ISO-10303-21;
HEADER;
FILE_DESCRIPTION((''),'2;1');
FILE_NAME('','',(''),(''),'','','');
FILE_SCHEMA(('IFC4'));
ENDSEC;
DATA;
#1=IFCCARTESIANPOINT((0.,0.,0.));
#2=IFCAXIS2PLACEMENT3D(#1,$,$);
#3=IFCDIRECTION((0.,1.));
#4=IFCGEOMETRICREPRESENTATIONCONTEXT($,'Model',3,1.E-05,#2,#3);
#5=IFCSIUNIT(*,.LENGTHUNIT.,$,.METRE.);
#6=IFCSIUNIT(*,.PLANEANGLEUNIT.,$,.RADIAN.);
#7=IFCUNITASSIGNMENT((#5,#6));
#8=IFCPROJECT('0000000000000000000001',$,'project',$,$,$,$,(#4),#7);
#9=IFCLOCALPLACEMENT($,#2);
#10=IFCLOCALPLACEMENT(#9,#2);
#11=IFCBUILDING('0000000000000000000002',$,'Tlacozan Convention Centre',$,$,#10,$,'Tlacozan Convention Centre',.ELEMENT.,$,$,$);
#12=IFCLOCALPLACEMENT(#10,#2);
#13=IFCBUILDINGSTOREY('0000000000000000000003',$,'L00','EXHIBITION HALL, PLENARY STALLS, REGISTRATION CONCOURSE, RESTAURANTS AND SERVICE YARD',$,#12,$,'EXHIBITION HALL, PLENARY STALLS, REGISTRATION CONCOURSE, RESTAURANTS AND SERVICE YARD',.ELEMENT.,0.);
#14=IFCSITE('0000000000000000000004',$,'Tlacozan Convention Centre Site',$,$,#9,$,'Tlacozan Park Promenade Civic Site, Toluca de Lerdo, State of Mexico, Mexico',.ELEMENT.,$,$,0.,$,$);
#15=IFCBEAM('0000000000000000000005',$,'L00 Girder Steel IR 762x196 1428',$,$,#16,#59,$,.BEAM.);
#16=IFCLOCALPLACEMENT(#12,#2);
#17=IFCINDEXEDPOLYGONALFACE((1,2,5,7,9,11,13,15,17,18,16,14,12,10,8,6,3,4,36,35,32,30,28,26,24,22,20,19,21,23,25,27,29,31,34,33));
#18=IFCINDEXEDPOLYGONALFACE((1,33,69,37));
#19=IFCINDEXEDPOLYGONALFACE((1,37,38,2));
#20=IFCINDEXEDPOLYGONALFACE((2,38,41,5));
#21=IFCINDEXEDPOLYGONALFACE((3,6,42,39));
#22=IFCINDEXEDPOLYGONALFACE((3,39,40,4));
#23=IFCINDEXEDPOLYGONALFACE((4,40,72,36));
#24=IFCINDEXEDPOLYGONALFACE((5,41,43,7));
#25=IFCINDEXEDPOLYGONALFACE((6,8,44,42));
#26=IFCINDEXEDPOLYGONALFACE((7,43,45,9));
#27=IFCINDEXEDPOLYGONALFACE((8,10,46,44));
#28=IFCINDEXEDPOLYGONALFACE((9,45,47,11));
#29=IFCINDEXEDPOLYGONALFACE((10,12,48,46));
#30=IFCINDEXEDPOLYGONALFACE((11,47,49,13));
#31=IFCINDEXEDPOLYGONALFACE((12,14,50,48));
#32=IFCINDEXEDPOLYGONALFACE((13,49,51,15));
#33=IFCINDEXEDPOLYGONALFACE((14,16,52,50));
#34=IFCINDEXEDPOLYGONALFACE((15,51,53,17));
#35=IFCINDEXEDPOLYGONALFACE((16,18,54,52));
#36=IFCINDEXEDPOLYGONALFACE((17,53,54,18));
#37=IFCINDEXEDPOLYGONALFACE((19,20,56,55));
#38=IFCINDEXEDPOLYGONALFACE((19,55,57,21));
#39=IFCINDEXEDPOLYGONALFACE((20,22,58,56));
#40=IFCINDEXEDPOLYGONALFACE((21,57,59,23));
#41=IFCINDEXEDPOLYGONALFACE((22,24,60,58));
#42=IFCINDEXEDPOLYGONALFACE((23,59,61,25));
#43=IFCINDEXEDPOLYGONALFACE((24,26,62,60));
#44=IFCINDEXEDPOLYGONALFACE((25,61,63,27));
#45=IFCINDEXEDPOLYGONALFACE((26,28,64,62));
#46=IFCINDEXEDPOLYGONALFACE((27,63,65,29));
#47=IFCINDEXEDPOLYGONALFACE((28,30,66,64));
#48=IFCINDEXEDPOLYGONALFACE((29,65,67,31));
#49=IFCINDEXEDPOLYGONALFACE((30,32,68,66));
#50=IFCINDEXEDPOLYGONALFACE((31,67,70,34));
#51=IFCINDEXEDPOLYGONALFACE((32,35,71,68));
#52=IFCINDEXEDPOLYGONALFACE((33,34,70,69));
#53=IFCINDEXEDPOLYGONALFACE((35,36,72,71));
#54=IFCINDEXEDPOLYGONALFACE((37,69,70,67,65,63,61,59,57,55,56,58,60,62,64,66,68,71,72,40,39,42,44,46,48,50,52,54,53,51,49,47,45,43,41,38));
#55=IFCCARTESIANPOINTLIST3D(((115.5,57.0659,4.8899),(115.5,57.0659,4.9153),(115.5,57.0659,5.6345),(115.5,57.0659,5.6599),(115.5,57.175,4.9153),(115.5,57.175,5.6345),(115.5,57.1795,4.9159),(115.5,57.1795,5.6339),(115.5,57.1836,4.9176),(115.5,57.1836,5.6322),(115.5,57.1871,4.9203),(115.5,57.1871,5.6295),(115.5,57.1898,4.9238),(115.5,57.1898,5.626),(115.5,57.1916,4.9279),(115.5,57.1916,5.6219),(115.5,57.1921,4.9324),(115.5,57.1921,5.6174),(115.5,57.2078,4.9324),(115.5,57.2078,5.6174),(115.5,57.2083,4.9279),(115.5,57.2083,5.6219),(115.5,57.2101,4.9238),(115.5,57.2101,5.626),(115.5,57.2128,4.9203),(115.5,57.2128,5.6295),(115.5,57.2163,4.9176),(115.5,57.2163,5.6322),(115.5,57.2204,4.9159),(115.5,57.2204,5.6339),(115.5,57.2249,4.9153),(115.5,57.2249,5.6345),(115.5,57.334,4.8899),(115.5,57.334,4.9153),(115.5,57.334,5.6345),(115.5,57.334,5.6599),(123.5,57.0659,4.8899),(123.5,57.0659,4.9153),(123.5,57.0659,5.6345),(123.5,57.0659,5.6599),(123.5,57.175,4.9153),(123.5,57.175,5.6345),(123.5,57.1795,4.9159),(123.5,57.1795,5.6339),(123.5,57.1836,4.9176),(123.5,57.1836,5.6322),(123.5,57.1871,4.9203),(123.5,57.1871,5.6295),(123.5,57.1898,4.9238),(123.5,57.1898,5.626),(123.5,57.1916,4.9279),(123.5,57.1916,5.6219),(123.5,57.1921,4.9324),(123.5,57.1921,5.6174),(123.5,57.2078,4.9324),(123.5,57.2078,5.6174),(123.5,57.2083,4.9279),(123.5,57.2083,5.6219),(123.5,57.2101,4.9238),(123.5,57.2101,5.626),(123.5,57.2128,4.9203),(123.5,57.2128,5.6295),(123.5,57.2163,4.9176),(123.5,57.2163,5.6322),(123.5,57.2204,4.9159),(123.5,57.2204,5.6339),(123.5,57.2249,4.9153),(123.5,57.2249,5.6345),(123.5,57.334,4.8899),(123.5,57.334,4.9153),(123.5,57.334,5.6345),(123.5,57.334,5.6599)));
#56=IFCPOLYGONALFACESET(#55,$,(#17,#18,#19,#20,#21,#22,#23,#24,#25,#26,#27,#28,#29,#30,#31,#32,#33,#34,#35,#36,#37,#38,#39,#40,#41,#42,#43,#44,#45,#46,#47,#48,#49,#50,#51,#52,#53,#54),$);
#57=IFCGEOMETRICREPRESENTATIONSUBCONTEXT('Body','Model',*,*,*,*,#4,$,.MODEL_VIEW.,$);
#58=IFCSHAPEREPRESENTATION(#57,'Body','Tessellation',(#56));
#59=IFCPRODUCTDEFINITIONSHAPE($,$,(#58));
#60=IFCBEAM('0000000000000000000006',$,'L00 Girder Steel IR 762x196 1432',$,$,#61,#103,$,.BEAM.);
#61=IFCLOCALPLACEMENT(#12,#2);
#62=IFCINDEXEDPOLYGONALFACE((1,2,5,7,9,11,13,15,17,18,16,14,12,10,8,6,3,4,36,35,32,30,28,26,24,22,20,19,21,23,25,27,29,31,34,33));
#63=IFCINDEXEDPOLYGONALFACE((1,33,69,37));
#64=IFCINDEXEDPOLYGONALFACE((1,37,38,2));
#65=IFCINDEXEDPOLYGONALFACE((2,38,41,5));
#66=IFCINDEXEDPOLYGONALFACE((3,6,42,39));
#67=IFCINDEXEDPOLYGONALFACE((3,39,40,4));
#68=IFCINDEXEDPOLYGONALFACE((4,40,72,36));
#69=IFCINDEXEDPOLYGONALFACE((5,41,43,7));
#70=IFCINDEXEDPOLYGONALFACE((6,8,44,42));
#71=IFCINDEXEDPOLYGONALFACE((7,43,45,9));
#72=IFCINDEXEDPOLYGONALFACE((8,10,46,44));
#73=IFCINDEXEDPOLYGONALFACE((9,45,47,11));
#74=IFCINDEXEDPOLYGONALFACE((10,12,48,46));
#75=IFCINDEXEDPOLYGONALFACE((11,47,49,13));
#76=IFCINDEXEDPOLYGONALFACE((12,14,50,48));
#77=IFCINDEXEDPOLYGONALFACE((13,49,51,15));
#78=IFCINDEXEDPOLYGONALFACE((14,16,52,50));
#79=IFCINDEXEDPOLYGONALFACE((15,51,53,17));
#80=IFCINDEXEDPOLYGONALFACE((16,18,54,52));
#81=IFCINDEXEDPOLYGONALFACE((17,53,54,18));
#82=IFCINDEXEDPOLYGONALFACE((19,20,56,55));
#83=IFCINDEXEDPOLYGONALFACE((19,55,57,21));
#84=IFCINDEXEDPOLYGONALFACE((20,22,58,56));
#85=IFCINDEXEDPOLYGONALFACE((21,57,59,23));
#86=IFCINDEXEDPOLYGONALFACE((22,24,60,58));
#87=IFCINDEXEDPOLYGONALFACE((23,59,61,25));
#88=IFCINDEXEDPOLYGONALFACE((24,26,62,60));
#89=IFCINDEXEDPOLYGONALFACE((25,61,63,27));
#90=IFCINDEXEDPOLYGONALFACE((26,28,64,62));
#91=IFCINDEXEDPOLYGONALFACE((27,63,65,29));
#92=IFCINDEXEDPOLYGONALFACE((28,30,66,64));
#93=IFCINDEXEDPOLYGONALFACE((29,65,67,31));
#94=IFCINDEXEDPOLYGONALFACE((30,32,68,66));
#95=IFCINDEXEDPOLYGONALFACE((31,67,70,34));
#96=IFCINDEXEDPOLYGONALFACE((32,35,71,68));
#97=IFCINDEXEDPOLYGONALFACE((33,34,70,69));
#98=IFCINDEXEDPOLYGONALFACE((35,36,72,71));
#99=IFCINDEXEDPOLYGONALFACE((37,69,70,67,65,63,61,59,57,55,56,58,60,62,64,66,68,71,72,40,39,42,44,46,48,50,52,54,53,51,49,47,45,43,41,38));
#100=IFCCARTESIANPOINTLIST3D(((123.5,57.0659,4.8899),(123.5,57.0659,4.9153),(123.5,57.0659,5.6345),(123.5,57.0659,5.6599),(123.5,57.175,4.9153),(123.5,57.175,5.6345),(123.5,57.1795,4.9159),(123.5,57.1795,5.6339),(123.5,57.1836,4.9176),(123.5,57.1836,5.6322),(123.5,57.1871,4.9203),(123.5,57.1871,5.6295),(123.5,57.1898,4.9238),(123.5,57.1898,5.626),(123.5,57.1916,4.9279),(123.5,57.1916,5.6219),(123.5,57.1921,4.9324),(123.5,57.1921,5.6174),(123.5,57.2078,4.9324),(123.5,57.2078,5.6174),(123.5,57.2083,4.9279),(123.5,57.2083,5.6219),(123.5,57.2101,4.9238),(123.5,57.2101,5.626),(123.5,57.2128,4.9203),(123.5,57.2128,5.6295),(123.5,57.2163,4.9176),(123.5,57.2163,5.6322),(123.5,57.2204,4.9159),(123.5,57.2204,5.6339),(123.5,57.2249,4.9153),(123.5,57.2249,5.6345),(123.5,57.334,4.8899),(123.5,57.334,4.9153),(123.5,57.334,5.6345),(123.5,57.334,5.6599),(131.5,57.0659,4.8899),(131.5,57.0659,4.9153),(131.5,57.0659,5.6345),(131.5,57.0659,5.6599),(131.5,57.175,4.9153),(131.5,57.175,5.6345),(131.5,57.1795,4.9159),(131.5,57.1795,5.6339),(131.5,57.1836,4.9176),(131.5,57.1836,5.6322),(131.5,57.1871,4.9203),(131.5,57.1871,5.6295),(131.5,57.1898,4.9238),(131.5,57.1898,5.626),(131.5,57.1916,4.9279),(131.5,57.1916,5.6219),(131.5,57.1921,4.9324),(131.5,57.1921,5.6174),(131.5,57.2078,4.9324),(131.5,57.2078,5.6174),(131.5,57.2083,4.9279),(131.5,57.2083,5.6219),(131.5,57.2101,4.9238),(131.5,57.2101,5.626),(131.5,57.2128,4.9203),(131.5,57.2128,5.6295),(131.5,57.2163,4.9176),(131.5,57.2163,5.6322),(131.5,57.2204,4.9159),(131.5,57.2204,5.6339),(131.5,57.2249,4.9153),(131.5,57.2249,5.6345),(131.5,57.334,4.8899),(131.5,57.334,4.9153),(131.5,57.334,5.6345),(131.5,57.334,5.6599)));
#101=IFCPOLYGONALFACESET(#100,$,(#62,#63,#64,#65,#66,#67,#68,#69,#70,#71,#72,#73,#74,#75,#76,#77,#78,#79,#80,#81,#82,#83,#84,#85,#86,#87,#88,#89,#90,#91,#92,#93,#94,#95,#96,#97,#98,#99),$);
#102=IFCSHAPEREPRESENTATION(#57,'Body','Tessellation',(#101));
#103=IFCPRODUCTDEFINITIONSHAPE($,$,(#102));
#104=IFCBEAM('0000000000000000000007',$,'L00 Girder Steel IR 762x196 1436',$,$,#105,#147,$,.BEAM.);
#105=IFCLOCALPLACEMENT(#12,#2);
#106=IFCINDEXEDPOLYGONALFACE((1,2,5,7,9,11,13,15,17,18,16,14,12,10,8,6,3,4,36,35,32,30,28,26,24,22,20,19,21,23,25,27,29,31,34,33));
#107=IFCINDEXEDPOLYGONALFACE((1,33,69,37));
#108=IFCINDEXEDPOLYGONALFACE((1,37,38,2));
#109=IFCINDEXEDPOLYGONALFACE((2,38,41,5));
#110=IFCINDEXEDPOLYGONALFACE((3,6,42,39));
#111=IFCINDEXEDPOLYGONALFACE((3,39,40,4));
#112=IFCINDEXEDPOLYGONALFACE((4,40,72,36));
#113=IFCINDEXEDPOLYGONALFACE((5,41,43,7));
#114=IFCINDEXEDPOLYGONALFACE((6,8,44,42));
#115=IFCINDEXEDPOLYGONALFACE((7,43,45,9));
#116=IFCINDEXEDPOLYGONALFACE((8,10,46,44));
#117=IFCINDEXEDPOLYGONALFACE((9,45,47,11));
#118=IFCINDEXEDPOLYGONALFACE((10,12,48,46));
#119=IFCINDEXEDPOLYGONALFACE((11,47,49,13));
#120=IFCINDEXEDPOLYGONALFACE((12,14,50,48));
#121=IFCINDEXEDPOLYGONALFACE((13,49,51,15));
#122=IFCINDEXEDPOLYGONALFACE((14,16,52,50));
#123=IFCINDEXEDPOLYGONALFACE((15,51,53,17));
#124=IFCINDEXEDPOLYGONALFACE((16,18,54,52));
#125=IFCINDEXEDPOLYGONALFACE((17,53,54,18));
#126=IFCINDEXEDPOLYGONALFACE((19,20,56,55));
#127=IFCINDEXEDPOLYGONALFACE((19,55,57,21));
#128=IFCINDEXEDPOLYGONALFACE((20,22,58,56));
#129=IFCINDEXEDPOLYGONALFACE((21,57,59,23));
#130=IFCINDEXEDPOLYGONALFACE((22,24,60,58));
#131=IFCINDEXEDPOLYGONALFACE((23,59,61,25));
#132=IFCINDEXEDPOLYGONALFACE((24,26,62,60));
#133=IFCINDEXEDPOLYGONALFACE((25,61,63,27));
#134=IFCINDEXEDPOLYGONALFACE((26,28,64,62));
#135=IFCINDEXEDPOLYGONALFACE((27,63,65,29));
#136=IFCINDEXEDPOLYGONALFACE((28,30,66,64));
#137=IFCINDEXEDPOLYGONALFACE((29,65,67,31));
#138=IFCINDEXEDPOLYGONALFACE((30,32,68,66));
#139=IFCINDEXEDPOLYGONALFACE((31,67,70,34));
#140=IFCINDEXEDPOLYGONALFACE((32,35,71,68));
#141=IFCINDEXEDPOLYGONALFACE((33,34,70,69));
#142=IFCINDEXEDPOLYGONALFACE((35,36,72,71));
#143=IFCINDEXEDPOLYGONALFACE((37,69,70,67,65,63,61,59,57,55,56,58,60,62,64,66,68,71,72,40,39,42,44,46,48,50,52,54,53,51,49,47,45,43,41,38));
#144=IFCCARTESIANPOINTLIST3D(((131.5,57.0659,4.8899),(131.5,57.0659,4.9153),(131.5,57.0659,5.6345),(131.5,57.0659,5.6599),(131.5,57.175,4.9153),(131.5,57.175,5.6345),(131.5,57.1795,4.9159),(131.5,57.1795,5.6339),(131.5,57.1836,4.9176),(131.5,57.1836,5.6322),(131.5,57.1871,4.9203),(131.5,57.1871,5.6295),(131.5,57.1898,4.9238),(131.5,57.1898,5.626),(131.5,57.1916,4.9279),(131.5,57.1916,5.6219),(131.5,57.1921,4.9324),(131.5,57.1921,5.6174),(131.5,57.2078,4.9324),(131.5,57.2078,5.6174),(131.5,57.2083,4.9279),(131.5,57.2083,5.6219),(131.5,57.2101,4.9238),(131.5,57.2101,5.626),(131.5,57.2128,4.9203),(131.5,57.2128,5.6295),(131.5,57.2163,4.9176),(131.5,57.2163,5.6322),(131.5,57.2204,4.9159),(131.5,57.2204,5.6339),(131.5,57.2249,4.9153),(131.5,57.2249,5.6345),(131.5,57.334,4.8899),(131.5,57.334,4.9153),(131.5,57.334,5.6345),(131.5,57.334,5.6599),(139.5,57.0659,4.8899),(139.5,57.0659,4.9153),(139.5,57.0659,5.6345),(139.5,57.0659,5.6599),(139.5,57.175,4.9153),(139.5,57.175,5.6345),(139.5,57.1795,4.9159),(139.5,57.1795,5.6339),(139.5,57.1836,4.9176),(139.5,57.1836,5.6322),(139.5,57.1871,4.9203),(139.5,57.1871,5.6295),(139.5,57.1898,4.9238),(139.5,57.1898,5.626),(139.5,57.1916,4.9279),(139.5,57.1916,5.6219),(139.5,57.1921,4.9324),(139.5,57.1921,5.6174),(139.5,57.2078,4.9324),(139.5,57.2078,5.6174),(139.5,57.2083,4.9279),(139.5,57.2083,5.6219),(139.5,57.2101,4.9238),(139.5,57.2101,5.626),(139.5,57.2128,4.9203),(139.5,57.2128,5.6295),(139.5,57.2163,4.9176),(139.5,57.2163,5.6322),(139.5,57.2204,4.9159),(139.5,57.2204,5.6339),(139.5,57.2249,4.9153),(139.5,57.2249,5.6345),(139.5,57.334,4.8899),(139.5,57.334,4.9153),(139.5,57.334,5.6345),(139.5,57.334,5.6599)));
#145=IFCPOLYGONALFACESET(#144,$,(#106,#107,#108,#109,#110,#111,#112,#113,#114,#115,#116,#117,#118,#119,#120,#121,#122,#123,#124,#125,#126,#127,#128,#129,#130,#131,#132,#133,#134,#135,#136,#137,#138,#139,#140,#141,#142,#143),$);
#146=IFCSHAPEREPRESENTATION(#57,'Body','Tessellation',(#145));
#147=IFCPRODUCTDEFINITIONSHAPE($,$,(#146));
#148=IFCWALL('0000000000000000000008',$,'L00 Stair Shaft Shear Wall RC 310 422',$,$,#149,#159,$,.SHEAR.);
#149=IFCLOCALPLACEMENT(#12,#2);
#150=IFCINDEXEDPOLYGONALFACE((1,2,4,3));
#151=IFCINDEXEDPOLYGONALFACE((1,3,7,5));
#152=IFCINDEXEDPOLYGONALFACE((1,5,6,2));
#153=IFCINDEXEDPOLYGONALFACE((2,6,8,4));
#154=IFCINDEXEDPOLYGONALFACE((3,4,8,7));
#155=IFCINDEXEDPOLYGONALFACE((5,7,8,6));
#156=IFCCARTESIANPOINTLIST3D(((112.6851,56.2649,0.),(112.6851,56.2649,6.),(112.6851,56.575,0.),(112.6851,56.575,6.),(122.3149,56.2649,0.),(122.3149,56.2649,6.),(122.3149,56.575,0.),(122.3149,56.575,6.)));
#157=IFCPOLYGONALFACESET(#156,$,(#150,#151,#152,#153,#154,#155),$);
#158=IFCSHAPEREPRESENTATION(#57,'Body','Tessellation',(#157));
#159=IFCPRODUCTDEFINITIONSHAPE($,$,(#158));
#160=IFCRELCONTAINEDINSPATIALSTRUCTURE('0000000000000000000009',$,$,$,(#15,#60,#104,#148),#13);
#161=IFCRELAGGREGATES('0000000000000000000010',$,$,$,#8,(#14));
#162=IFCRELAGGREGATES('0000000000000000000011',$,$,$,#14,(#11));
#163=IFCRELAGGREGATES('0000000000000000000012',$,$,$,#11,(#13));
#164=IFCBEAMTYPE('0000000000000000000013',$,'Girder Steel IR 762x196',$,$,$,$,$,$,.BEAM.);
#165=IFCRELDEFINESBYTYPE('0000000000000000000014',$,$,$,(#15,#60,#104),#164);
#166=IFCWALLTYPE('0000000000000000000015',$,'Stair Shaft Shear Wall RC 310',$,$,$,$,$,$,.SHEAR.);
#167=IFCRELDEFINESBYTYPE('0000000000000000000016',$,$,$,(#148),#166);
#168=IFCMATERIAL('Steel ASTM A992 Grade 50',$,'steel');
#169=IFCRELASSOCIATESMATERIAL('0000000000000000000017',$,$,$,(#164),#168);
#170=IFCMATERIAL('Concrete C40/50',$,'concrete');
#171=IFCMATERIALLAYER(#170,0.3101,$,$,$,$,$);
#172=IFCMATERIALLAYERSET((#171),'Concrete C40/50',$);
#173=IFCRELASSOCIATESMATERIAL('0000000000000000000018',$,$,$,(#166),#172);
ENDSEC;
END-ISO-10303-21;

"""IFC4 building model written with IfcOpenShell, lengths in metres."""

from ifc_helpers import new_model, si_unit, direction, frame, frame_2d, origin, origin_2d, place, context, subcontext, project, spatial, rectangle, i_section, extrude, material, layer, layer_set, material_profile, profile_set, type_object, element, save


model = new_model("IFC4")

# Units and contexts
model_context = context("Model", 3, precision=1e-05, world=origin(), true_north=direction((0.0, 1.0)))
body_context = subcontext(model_context, "Body", "Model", "MODEL_VIEW")
ifc_project = project(units=[si_unit("LENGTHUNIT", "METRE"), si_unit("PLANEANGLEUNIT", "RADIAN")], contexts=[model_context])

# Site, building, storey
site_placement = place(None, origin())
site = spatial("IfcSite", under=ifc_project, at=site_placement, Name="Tlacozan Convention Centre Site", LongName="Tlacozan Park Promenade Civic Site, Toluca de Lerdo, State of Mexico, Mexico", CompositionType="ELEMENT", RefElevation=0.0)
building_placement = place(site_placement, origin())
building = spatial("IfcBuilding", under=site, at=building_placement, Name="Tlacozan Convention Centre", LongName="Tlacozan Convention Centre", CompositionType="ELEMENT")
storey_placement = place(building_placement, origin())
storey = spatial("IfcBuildingStorey", under=building, at=storey_placement, Name="L00", Description="EXHIBITION HALL, PLENARY STALLS, REGISTRATION CONCOURSE, RESTAURANTS AND SERVICE YARD", LongName="EXHIBITION HALL, PLENARY STALLS, REGISTRATION CONCOURSE, RESTAURANTS AND SERVICE YARD", CompositionType="ELEMENT", Elevation=0.0)

# Shared definitions
ifc_material_1 = material(Name="Concrete C40/50", Category="concrete")

# Beams
ifc_material_2 = material(Name="Steel ASTM A992 Grade 50", Category="steel")
ifc_material_profile_1 = material_profile(ifc_material_2, i_section(OverallWidth=0.2681, OverallDepth=0.77, WebThickness=0.0156, FlangeThickness=0.0254, FilletRadius=0.0171, at=origin_2d()), Name="IR 762x196.0")
ifc_profile_set_1 = profile_set([ifc_material_profile_1], Name="Steel ASTM A992 Grade 50")
beam_type_1 = type_object("IfcBeamType", Name="Girder Steel IR 762x196", PredefinedType="BEAM", material=ifc_profile_set_1)
for number, where, z_axis, x_axis, name in (
    (1, (115.5, 57.2, 5.2749), (1.0, 0.0, 0.0), (0.0, 1.0, 0.0), "L00 Girder Steel IR 762x196 1428"),
    (2, (123.5, 57.2, 5.2749), (1.0, 0.0, 0.0), (0.0, 1.0, 0.0), "L00 Girder Steel IR 762x196 1432"),
    (3, (131.5, 57.2, 5.2749), (1.0, 0.0, 0.0), (0.0, 1.0, 0.0), "L00 Girder Steel IR 762x196 1436"),
):
    element("IfcBeam", number, at=place(storey_placement, frame(where, z_axis=z_axis, x_axis=x_axis)), inside=storey, type_object=beam_type_1, Name=name, PredefinedType="BEAM", context=body_context, shape_type="SweptSolid", body=[
        extrude(i_section(OverallWidth=0.2681, OverallDepth=0.77, WebThickness=0.0156, FlangeThickness=0.0254, FilletRadius=0.0171, at=origin_2d()), origin(), (0.0, 0.0, 1.0), 8.0),
    ])

# Wall
ifc_layer = layer(ifc_material_1, 0.3101)
ifc_layer_set = layer_set([ifc_layer], Name="Concrete C40/50")
wall_type = type_object("IfcWallType", Name="Stair Shaft Shear Wall RC 310", PredefinedType="SHEAR", material=ifc_layer_set)
wall_1_placement = place(storey_placement, frame((112.6851, 56.4199, 0.0), z_axis=(0.0, 0.0, 1.0), x_axis=(1.0, 0.0, 0.0)))
element("IfcWall", 4, at=wall_1_placement, inside=storey, type_object=wall_type, Name="L00 Stair Shaft Shear Wall RC 310 422", PredefinedType="SHEAR", context=body_context, shape_type="SweptSolid", body=[
    extrude(rectangle(XDim=9.6299, YDim=0.3101, at=frame_2d((4.8149, 0.0))), origin(), (0.0, 0.0, 1.0), 6.0),
])

save(model, "model.ifc")
